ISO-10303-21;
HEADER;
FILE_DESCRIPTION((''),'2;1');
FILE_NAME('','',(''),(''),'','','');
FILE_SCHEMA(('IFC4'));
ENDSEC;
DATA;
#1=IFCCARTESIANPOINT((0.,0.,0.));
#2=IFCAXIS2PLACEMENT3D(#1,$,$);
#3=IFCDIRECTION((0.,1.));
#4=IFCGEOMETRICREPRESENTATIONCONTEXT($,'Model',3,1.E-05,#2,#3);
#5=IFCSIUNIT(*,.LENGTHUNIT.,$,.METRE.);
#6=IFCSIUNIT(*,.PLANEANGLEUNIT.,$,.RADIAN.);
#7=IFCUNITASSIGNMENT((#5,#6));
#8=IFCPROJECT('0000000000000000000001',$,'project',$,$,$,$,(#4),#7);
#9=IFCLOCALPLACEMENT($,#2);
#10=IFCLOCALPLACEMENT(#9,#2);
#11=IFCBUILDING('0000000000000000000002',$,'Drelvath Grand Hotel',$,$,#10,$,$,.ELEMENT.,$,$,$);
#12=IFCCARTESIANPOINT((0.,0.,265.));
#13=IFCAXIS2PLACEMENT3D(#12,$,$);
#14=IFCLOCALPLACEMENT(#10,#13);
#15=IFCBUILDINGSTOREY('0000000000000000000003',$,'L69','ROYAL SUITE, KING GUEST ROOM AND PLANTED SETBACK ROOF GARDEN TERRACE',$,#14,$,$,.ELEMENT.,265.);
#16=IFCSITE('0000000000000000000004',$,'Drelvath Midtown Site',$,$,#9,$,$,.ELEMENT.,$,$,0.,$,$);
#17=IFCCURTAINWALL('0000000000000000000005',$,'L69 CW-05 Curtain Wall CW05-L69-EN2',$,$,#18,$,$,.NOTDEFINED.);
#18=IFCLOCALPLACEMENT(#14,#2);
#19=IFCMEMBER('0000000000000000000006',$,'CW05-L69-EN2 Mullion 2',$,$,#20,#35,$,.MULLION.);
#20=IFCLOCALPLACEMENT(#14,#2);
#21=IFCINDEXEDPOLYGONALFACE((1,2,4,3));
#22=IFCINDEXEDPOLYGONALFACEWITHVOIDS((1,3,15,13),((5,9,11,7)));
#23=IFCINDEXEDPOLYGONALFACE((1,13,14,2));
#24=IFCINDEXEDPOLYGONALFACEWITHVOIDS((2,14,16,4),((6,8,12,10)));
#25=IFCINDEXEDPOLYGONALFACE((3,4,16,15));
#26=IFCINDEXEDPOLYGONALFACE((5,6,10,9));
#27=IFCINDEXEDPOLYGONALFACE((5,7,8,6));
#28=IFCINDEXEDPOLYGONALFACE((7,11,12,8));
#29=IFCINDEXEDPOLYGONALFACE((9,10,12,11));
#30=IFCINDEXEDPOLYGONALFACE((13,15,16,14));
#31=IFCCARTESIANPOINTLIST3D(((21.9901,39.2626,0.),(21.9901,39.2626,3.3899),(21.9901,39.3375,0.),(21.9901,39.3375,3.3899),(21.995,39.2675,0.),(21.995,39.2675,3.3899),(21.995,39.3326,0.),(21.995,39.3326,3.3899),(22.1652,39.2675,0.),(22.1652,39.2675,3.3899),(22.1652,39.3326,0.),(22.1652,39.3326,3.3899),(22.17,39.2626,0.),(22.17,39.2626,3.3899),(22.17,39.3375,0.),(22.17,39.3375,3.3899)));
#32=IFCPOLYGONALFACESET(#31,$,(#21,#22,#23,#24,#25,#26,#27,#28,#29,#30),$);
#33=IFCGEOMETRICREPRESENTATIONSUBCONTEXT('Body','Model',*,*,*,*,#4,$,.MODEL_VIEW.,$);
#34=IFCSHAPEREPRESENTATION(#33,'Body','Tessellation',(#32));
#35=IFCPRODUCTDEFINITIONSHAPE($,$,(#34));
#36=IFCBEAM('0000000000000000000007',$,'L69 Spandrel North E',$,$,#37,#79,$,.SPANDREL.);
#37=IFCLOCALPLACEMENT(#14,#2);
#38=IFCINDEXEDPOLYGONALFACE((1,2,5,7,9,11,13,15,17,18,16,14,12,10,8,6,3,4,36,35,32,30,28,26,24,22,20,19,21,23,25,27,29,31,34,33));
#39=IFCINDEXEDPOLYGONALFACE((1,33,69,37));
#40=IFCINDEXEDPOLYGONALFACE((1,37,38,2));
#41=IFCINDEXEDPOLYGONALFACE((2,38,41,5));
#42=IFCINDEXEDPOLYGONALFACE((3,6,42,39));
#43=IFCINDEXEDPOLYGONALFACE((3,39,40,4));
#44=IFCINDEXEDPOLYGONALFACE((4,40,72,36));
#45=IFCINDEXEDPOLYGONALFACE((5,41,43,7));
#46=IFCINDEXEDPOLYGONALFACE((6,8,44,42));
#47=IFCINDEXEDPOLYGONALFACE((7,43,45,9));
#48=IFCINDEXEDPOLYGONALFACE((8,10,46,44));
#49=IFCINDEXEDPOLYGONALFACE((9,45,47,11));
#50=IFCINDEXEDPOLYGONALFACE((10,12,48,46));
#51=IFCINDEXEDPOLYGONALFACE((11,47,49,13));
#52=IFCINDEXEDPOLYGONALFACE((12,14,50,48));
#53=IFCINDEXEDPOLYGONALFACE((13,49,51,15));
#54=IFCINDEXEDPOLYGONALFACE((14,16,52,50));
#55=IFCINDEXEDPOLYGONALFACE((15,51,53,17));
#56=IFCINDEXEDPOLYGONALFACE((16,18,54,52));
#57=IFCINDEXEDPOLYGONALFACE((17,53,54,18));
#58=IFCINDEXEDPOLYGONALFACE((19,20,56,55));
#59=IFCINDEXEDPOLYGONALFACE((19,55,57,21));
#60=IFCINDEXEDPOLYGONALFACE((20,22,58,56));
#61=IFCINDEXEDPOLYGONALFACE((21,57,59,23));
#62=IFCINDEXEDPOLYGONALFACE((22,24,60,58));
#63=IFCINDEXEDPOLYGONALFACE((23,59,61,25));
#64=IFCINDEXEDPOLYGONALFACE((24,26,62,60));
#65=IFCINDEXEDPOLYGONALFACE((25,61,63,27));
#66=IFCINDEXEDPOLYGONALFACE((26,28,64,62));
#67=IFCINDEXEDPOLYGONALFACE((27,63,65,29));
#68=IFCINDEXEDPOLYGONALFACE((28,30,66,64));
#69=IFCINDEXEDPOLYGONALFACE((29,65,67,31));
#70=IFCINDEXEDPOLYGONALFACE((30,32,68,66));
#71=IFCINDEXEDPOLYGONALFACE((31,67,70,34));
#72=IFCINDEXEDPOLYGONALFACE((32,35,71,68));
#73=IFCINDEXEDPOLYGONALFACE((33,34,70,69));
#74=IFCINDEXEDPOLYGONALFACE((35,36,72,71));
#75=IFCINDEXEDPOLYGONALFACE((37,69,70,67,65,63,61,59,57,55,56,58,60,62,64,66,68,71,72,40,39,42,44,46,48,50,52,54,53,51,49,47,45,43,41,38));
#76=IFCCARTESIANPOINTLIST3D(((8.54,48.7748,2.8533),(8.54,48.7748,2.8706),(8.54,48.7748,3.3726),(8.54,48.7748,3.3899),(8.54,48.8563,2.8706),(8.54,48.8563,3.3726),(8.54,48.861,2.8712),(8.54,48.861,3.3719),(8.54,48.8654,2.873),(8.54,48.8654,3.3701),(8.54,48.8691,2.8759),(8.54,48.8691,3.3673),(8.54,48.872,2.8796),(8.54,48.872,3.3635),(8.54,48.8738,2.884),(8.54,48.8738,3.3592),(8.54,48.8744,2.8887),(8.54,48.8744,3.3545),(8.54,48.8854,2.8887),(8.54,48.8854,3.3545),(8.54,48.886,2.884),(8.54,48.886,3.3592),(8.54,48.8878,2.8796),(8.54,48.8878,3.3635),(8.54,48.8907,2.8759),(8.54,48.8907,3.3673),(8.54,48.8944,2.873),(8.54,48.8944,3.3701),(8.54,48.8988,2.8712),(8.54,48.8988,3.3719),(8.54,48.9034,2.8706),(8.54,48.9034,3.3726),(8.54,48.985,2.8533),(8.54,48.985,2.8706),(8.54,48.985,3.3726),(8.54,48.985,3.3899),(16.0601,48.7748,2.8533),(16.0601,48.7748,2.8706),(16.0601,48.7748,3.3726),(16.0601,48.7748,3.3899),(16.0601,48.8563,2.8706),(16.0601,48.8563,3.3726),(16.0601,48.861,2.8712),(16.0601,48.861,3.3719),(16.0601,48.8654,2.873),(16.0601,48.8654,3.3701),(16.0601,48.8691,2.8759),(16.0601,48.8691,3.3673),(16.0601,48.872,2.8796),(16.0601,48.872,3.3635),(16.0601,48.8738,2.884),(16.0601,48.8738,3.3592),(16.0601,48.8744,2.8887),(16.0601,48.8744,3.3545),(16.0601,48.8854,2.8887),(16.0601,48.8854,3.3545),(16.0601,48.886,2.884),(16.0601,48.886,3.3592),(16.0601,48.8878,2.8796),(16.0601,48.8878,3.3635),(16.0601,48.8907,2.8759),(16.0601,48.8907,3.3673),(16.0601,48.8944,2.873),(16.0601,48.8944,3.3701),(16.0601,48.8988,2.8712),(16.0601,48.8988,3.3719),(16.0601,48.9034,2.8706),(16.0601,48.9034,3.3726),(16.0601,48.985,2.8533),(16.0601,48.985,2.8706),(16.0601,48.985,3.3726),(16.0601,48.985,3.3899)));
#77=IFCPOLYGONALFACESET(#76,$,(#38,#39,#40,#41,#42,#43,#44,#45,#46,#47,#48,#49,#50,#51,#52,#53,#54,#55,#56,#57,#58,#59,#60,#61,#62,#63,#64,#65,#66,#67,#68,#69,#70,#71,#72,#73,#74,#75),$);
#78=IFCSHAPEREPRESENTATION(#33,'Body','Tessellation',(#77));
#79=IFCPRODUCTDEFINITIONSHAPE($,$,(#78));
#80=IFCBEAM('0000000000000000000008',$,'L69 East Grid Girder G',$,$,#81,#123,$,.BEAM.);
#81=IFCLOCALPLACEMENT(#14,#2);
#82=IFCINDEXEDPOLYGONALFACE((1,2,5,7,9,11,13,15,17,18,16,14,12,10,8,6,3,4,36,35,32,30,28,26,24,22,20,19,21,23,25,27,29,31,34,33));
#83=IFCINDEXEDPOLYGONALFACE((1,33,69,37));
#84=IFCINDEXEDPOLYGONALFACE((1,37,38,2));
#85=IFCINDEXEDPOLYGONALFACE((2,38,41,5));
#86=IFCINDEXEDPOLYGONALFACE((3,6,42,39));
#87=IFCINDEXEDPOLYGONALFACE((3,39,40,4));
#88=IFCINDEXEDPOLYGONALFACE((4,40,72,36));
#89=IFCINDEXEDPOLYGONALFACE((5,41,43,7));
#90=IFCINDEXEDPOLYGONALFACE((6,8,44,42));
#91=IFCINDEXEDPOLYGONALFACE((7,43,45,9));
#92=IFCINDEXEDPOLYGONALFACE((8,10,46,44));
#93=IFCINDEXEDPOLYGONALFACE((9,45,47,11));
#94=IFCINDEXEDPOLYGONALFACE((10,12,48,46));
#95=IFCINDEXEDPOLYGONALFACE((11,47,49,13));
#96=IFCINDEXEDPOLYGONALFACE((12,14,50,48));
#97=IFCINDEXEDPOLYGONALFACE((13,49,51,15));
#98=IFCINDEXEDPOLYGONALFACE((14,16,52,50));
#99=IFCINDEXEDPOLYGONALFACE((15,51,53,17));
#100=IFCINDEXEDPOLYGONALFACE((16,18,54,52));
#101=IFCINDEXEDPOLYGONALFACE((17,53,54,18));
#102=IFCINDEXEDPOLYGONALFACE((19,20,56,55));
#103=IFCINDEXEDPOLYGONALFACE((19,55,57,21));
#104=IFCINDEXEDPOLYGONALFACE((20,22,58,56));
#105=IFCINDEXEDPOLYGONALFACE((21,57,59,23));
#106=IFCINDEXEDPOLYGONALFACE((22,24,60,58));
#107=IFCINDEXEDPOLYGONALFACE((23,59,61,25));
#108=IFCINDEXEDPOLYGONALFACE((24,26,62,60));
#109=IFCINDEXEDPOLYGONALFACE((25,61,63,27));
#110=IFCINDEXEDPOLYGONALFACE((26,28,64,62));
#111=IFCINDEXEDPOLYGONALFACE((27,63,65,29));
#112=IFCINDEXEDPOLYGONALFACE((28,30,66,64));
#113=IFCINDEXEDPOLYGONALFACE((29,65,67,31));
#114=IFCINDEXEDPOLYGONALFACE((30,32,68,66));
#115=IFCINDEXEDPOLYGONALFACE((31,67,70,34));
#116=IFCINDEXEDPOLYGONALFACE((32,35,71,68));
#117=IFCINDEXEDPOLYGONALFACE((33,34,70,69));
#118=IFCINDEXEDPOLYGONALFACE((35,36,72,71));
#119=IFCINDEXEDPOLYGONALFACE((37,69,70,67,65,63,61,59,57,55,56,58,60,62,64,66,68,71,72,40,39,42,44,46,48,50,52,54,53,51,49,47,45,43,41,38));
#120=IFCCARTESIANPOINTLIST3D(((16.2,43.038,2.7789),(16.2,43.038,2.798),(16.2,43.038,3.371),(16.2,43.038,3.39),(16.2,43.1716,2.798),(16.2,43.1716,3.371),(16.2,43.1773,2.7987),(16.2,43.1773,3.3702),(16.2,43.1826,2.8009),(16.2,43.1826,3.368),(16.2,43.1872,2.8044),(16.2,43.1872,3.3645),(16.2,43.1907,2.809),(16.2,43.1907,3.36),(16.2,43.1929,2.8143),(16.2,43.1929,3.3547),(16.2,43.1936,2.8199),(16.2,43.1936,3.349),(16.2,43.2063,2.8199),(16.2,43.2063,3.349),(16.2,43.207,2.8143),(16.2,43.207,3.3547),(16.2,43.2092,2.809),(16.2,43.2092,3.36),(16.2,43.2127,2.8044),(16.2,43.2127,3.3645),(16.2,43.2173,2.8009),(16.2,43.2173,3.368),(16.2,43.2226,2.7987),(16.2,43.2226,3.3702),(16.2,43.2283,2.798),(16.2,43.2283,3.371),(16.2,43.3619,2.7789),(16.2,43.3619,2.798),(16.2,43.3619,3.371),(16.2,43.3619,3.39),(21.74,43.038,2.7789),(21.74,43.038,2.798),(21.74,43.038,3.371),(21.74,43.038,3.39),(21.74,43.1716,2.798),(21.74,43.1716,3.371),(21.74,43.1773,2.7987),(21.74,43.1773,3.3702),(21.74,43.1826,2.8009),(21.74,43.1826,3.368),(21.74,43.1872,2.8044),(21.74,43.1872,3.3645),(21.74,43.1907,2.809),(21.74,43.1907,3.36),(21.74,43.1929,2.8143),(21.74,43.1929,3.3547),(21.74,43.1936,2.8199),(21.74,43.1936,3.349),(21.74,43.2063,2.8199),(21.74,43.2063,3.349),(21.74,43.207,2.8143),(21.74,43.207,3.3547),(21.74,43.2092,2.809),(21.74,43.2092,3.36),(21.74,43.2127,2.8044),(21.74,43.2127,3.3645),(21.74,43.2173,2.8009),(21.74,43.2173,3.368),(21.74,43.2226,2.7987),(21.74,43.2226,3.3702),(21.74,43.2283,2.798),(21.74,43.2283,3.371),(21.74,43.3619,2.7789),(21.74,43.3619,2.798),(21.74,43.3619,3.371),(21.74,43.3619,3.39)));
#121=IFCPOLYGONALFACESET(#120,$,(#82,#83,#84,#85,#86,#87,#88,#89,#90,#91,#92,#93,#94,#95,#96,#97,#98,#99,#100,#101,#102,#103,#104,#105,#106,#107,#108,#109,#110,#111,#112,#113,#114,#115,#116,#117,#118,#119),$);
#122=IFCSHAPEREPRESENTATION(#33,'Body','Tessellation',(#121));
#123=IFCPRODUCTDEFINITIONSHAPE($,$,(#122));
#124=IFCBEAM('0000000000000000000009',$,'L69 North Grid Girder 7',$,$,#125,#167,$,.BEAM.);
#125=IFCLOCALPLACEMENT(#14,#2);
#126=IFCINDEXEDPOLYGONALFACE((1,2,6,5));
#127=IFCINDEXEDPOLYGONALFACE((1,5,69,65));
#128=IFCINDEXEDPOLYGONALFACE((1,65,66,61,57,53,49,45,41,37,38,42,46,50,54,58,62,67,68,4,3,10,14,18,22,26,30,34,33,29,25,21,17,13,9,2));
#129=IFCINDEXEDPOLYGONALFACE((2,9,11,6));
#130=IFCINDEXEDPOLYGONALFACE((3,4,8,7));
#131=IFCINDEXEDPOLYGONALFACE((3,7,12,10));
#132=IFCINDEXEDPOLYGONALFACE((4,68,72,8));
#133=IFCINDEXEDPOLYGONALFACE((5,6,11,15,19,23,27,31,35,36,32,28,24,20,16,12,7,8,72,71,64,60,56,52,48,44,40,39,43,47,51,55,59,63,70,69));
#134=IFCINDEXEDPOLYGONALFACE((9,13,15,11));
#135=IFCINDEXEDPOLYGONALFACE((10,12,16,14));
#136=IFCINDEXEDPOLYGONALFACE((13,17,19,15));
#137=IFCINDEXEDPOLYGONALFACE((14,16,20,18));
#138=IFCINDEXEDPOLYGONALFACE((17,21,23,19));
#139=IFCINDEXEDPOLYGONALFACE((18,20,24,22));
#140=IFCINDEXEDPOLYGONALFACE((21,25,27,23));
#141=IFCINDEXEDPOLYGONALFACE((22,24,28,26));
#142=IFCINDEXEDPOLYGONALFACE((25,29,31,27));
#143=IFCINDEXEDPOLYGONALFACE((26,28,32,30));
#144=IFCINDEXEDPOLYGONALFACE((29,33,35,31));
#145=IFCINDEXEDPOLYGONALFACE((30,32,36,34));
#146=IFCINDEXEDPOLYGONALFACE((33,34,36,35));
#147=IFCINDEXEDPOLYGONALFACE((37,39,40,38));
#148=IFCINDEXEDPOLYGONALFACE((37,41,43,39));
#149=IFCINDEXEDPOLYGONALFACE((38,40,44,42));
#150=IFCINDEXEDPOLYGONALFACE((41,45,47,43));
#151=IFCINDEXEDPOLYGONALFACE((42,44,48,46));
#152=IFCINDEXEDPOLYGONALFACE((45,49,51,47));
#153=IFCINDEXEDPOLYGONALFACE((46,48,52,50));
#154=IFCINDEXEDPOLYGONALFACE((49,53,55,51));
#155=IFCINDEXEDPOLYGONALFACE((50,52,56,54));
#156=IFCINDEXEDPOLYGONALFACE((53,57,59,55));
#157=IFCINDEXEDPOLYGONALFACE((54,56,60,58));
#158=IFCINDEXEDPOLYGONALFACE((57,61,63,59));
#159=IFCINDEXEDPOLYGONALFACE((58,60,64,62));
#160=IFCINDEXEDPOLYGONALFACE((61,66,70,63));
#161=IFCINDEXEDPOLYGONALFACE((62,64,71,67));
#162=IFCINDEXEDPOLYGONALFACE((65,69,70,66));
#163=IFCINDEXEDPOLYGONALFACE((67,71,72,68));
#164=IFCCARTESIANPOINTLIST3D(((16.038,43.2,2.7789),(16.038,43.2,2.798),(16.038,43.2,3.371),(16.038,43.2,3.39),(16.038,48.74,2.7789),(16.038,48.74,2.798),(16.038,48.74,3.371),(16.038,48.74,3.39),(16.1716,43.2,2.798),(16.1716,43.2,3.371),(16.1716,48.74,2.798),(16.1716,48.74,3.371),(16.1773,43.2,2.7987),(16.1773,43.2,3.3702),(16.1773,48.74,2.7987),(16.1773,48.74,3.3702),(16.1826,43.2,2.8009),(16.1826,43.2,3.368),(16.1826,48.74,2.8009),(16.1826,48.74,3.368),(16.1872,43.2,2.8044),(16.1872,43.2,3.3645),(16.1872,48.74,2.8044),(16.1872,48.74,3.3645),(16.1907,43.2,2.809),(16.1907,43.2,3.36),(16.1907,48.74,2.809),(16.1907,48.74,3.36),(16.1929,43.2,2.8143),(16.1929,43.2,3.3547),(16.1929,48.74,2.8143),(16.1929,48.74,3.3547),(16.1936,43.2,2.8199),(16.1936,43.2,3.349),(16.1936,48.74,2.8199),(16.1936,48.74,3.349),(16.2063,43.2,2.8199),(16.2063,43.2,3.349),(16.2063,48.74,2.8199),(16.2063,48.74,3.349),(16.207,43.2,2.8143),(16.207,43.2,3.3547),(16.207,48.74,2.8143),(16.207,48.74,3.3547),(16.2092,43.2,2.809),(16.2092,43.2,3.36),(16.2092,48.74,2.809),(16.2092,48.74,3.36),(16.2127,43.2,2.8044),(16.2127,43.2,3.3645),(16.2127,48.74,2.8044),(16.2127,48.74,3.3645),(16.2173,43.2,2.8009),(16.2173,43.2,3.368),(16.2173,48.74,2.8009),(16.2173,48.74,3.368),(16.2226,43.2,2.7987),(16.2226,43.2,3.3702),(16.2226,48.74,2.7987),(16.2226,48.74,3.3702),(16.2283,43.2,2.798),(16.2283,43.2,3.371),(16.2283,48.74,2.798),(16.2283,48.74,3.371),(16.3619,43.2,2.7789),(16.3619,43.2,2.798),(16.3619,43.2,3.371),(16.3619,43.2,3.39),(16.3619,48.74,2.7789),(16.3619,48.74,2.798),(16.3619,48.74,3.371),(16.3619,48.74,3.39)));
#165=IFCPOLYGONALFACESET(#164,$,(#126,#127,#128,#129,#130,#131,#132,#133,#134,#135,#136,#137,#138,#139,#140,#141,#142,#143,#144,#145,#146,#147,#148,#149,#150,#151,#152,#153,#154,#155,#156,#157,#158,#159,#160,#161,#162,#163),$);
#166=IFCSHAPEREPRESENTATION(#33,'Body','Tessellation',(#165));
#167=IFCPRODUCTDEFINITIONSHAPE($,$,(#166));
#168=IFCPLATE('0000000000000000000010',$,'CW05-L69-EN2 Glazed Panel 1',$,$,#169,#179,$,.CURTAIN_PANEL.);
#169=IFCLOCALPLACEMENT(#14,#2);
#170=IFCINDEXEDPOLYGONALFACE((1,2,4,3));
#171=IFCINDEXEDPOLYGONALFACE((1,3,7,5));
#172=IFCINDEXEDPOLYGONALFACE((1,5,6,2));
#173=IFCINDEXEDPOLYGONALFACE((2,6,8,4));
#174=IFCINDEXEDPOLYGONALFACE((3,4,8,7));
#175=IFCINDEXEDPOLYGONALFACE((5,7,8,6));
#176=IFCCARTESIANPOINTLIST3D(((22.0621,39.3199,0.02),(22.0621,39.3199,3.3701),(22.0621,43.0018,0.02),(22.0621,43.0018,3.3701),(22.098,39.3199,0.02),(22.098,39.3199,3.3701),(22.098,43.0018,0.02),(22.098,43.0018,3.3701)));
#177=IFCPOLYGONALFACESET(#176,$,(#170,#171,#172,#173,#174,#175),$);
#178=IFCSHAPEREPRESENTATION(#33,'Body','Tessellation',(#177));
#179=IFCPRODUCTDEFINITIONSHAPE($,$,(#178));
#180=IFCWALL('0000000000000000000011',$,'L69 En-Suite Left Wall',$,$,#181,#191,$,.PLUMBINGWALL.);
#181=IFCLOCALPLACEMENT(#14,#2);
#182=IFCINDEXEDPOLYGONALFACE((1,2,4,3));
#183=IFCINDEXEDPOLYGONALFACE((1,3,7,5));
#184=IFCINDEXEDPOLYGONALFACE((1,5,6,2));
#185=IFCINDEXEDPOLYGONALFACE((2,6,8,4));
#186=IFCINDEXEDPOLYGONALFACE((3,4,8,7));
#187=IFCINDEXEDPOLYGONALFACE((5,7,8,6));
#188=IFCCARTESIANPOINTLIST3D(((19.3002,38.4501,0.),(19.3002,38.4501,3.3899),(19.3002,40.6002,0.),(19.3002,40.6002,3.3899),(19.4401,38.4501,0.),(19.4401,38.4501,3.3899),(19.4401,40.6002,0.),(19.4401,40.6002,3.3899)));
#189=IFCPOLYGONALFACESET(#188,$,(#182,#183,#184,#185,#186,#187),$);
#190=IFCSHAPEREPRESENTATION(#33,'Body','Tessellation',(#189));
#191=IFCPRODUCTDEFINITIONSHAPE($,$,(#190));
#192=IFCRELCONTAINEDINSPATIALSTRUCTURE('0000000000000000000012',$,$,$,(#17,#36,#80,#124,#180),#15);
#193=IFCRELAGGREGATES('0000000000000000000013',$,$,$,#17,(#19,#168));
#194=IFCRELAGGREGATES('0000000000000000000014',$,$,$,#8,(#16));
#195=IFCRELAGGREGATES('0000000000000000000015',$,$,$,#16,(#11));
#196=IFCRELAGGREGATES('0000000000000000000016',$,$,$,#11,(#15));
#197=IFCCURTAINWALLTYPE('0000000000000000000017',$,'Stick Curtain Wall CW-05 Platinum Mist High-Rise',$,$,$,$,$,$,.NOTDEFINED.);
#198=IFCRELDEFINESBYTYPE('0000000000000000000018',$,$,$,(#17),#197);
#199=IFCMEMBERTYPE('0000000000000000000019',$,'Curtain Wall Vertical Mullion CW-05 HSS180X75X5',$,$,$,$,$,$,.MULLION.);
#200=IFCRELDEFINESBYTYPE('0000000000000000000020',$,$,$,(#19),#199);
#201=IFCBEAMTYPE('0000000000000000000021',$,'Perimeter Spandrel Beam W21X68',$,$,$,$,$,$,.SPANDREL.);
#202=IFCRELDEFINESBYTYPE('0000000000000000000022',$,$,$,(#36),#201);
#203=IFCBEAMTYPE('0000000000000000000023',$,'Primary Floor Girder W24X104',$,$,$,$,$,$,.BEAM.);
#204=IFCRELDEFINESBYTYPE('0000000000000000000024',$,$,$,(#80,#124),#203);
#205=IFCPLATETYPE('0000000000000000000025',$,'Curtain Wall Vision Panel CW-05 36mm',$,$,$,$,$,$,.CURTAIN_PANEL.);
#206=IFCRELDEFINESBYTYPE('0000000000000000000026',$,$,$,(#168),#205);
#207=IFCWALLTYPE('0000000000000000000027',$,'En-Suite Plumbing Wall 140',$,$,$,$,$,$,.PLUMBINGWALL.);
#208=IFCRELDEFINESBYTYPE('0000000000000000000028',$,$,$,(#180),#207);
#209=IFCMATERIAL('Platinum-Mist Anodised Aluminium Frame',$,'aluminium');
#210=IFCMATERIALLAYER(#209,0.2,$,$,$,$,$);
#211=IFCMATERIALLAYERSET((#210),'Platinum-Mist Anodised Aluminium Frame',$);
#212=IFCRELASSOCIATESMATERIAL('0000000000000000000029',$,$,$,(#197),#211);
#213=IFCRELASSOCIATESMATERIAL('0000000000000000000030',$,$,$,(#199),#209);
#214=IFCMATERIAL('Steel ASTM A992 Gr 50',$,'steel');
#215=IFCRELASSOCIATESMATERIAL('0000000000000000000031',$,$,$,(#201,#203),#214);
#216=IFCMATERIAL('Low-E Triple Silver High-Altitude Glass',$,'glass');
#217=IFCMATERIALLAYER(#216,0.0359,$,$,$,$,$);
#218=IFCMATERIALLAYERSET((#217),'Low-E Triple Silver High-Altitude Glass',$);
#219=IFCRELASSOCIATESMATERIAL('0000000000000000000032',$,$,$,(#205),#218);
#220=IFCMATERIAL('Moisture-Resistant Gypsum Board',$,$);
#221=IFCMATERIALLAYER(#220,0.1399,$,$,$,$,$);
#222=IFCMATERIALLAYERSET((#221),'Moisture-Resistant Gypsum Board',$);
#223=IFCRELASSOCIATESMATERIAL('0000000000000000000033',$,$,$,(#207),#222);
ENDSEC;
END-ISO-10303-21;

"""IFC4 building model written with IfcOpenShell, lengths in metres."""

from ifc_helpers import new_model, si_unit, direction, frame, frame_2d, origin, origin_2d, place, context, subcontext, project, spatial, rectangle, hollow_rectangle, i_section, extrude, material, layer, layer_set, material_profile, profile_set, type_object, element, aggregate, save


model = new_model("IFC4")

# Units and contexts
model_context = context("Model", 3, precision=1e-05, world=origin(), true_north=direction((0.0, 1.0)))
body_context = subcontext(model_context, "Body", "Model", "MODEL_VIEW")
ifc_project = project(units=[si_unit("LENGTHUNIT", "METRE"), si_unit("PLANEANGLEUNIT", "RADIAN")], contexts=[model_context])

# Site, building, storey
site_placement = place(None, origin())
site = spatial("IfcSite", under=ifc_project, at=site_placement, Name="Drelvath Midtown Site", CompositionType="ELEMENT", RefElevation=0.0)
building_placement = place(site_placement, origin())
building = spatial("IfcBuilding", under=site, at=building_placement, Name="Drelvath Grand Hotel", CompositionType="ELEMENT")
storey_placement = place(building_placement, frame((0.0, 0.0, 265.0)))
storey = spatial("IfcBuildingStorey", under=building, at=storey_placement, Name="L69", Description="ROYAL SUITE, KING GUEST ROOM AND PLANTED SETBACK ROOF GARDEN TERRACE", CompositionType="ELEMENT", Elevation=265.0)

# Curtain wall, member
ifc_material_1 = material(Name="Platinum-Mist Anodised Aluminium Frame", Category="aluminium")
ifc_layer_1 = layer(ifc_material_1, 0.2)
ifc_layer_set_1 = layer_set([ifc_layer_1], Name="Platinum-Mist Anodised Aluminium Frame")
curtain_wall_type = type_object("IfcCurtainWallType", Name="Stick Curtain Wall CW-05 Platinum Mist High-Rise", PredefinedType="NOTDEFINED", material=ifc_layer_set_1)
curtain_wall_placement = place(storey_placement, origin())
curtain_wall = element("IfcCurtainWall", 1, at=curtain_wall_placement, inside=storey, type_object=curtain_wall_type, Name="L69 CW-05 Curtain Wall CW05-L69-EN2", PredefinedType="NOTDEFINED")
ifc_material_profile_1 = material_profile(ifc_material_1, hollow_rectangle(XDim=0.075, YDim=0.1799, WallThickness=0.0049, at=origin_2d()), Name="HSS180X75X5")
ifc_profile_set_1 = profile_set([ifc_material_profile_1], Name="Platinum-Mist Anodised Aluminium Frame")
member_type_1 = type_object("IfcMemberType", Name="Curtain Wall Vertical Mullion CW-05 HSS180X75X5", PredefinedType="MULLION", material=ifc_profile_set_1)
member_1_placement = place(storey_placement, frame((22.0801, 39.3, 0.0), z_axis=(0.0, 0.0, 1.0), x_axis=(0.0, 1.0, 0.0)))
member_1 = element("IfcMember", 2, at=member_1_placement, type_object=member_type_1, Name="CW05-L69-EN2 Mullion 2", PredefinedType="MULLION", context=body_context, shape_type="SweptSolid", body=[
    extrude(hollow_rectangle(XDim=0.075, YDim=0.1799, WallThickness=0.0049, at=origin_2d()), origin(), (0.0, 0.0, 1.0), 3.3899),
])

# Beams
ifc_material_2 = material(Name="Steel ASTM A992 Gr 50", Category="steel")
ifc_material_profile_2 = material_profile(ifc_material_2, i_section(OverallWidth=0.2102, OverallDepth=0.5366, WebThickness=0.011, FlangeThickness=0.0173, FilletRadius=0.0181, at=origin_2d()), Name="W21X68")
ifc_profile_set_2 = profile_set([ifc_material_profile_2], Name="Steel ASTM A992 Gr 50")
beam_type_1 = type_object("IfcBeamType", Name="Perimeter Spandrel Beam W21X68", PredefinedType="SPANDREL", material=ifc_profile_set_2)
beam_placement = place(storey_placement, frame((8.54, 48.8799, 3.1216), z_axis=(1.0, 0.0, 0.0), x_axis=(0.0, 1.0, 0.0)))
element("IfcBeam", 3, at=beam_placement, inside=storey, type_object=beam_type_1, Name="L69 Spandrel North E", PredefinedType="SPANDREL", context=body_context, shape_type="SweptSolid", body=[
    extrude(i_section(OverallWidth=0.2102, OverallDepth=0.5366, WebThickness=0.011, FlangeThickness=0.0173, FilletRadius=0.0181, at=origin_2d()), origin(), (0.0, 0.0, 1.0), 7.52),
])
ifc_material_profile_3 = material_profile(ifc_material_2, i_section(OverallWidth=0.324, OverallDepth=0.6111, WebThickness=0.0127, FlangeThickness=0.019, FilletRadius=0.022, at=origin_2d()), Name="W24X104")
ifc_profile_set_3 = profile_set([ifc_material_profile_3], Name="Steel ASTM A992 Gr 50")
beam_type_2 = type_object("IfcBeamType", Name="Primary Floor Girder W24X104", PredefinedType="BEAM", material=ifc_profile_set_3)
for number, where, z_axis, x_axis, name in (
    (4, (16.2, 43.2, 3.0845), (1.0, 0.0, 0.0), (0.0, 1.0, 0.0), "L69 East Grid Girder G"),
    (5, (16.2, 43.2, 3.0845), (0.0, 1.0, 0.0), (-1.0, 0.0, 0.0), "L69 North Grid Girder 7"),
):
    element("IfcBeam", number, at=place(storey_placement, frame(where, z_axis=z_axis, x_axis=x_axis)), inside=storey, type_object=beam_type_2, Name=name, PredefinedType="BEAM", context=body_context, shape_type="SweptSolid", body=[
        extrude(i_section(OverallWidth=0.324, OverallDepth=0.6111, WebThickness=0.0127, FlangeThickness=0.019, FilletRadius=0.022, at=origin_2d()), origin(), (0.0, 0.0, 1.0), 5.54),
    ])

# Plate
ifc_material_3 = material(Name="Low-E Triple Silver High-Altitude Glass", Category="glass")
ifc_layer_2 = layer(ifc_material_3, 0.0359)
ifc_layer_set_2 = layer_set([ifc_layer_2], Name="Low-E Triple Silver High-Altitude Glass")
plate_type = type_object("IfcPlateType", Name="Curtain Wall Vision Panel CW-05 36mm", PredefinedType="CURTAIN_PANEL", material=ifc_layer_set_2)
plate_placement = place(storey_placement, frame((22.0801, 41.1609, 0.02), z_axis=(0.0, 0.0, 1.0), x_axis=(0.0, -1.0, 0.0)))
plate = element("IfcPlate", 6, at=plate_placement, type_object=plate_type, Name="CW05-L69-EN2 Glazed Panel 1", PredefinedType="CURTAIN_PANEL", context=body_context, shape_type="SweptSolid", body=[
    extrude(rectangle(XDim=3.6819, YDim=0.0359, at=origin_2d()), origin(), (0.0, 0.0, 1.0), 3.3501),
])
aggregate(curtain_wall, [member_1, plate])

# Wall
ifc_material_4 = material(Name="Moisture-Resistant Gypsum Board")
ifc_layer_3 = layer(ifc_material_4, 0.1399)
ifc_layer_set_3 = layer_set([ifc_layer_3], Name="Moisture-Resistant Gypsum Board")
wall_type_1 = type_object("IfcWallType", Name="En-Suite Plumbing Wall 140", PredefinedType="PLUMBINGWALL", material=ifc_layer_set_3)
for number, where, z_axis, x_axis, name in (
    (7, (19.3701, 38.45, 0.0), (0.0, 0.0, 1.0), (0.0, 1.0, 0.0), "L69 En-Suite Left Wall"),
):
    element("IfcWall", number, at=place(storey_placement, frame(where, z_axis=z_axis, x_axis=x_axis)), inside=storey, type_object=wall_type_1, Name=name, PredefinedType="PLUMBINGWALL", context=body_context, shape_type="SweptSolid", body=[
        extrude(rectangle(XDim=2.1501, YDim=0.1399, at=frame_2d((1.0752, 0.0))), origin(), (0.0, 0.0, 1.0), 3.3899),
    ])

save(model, "model.ifc")
